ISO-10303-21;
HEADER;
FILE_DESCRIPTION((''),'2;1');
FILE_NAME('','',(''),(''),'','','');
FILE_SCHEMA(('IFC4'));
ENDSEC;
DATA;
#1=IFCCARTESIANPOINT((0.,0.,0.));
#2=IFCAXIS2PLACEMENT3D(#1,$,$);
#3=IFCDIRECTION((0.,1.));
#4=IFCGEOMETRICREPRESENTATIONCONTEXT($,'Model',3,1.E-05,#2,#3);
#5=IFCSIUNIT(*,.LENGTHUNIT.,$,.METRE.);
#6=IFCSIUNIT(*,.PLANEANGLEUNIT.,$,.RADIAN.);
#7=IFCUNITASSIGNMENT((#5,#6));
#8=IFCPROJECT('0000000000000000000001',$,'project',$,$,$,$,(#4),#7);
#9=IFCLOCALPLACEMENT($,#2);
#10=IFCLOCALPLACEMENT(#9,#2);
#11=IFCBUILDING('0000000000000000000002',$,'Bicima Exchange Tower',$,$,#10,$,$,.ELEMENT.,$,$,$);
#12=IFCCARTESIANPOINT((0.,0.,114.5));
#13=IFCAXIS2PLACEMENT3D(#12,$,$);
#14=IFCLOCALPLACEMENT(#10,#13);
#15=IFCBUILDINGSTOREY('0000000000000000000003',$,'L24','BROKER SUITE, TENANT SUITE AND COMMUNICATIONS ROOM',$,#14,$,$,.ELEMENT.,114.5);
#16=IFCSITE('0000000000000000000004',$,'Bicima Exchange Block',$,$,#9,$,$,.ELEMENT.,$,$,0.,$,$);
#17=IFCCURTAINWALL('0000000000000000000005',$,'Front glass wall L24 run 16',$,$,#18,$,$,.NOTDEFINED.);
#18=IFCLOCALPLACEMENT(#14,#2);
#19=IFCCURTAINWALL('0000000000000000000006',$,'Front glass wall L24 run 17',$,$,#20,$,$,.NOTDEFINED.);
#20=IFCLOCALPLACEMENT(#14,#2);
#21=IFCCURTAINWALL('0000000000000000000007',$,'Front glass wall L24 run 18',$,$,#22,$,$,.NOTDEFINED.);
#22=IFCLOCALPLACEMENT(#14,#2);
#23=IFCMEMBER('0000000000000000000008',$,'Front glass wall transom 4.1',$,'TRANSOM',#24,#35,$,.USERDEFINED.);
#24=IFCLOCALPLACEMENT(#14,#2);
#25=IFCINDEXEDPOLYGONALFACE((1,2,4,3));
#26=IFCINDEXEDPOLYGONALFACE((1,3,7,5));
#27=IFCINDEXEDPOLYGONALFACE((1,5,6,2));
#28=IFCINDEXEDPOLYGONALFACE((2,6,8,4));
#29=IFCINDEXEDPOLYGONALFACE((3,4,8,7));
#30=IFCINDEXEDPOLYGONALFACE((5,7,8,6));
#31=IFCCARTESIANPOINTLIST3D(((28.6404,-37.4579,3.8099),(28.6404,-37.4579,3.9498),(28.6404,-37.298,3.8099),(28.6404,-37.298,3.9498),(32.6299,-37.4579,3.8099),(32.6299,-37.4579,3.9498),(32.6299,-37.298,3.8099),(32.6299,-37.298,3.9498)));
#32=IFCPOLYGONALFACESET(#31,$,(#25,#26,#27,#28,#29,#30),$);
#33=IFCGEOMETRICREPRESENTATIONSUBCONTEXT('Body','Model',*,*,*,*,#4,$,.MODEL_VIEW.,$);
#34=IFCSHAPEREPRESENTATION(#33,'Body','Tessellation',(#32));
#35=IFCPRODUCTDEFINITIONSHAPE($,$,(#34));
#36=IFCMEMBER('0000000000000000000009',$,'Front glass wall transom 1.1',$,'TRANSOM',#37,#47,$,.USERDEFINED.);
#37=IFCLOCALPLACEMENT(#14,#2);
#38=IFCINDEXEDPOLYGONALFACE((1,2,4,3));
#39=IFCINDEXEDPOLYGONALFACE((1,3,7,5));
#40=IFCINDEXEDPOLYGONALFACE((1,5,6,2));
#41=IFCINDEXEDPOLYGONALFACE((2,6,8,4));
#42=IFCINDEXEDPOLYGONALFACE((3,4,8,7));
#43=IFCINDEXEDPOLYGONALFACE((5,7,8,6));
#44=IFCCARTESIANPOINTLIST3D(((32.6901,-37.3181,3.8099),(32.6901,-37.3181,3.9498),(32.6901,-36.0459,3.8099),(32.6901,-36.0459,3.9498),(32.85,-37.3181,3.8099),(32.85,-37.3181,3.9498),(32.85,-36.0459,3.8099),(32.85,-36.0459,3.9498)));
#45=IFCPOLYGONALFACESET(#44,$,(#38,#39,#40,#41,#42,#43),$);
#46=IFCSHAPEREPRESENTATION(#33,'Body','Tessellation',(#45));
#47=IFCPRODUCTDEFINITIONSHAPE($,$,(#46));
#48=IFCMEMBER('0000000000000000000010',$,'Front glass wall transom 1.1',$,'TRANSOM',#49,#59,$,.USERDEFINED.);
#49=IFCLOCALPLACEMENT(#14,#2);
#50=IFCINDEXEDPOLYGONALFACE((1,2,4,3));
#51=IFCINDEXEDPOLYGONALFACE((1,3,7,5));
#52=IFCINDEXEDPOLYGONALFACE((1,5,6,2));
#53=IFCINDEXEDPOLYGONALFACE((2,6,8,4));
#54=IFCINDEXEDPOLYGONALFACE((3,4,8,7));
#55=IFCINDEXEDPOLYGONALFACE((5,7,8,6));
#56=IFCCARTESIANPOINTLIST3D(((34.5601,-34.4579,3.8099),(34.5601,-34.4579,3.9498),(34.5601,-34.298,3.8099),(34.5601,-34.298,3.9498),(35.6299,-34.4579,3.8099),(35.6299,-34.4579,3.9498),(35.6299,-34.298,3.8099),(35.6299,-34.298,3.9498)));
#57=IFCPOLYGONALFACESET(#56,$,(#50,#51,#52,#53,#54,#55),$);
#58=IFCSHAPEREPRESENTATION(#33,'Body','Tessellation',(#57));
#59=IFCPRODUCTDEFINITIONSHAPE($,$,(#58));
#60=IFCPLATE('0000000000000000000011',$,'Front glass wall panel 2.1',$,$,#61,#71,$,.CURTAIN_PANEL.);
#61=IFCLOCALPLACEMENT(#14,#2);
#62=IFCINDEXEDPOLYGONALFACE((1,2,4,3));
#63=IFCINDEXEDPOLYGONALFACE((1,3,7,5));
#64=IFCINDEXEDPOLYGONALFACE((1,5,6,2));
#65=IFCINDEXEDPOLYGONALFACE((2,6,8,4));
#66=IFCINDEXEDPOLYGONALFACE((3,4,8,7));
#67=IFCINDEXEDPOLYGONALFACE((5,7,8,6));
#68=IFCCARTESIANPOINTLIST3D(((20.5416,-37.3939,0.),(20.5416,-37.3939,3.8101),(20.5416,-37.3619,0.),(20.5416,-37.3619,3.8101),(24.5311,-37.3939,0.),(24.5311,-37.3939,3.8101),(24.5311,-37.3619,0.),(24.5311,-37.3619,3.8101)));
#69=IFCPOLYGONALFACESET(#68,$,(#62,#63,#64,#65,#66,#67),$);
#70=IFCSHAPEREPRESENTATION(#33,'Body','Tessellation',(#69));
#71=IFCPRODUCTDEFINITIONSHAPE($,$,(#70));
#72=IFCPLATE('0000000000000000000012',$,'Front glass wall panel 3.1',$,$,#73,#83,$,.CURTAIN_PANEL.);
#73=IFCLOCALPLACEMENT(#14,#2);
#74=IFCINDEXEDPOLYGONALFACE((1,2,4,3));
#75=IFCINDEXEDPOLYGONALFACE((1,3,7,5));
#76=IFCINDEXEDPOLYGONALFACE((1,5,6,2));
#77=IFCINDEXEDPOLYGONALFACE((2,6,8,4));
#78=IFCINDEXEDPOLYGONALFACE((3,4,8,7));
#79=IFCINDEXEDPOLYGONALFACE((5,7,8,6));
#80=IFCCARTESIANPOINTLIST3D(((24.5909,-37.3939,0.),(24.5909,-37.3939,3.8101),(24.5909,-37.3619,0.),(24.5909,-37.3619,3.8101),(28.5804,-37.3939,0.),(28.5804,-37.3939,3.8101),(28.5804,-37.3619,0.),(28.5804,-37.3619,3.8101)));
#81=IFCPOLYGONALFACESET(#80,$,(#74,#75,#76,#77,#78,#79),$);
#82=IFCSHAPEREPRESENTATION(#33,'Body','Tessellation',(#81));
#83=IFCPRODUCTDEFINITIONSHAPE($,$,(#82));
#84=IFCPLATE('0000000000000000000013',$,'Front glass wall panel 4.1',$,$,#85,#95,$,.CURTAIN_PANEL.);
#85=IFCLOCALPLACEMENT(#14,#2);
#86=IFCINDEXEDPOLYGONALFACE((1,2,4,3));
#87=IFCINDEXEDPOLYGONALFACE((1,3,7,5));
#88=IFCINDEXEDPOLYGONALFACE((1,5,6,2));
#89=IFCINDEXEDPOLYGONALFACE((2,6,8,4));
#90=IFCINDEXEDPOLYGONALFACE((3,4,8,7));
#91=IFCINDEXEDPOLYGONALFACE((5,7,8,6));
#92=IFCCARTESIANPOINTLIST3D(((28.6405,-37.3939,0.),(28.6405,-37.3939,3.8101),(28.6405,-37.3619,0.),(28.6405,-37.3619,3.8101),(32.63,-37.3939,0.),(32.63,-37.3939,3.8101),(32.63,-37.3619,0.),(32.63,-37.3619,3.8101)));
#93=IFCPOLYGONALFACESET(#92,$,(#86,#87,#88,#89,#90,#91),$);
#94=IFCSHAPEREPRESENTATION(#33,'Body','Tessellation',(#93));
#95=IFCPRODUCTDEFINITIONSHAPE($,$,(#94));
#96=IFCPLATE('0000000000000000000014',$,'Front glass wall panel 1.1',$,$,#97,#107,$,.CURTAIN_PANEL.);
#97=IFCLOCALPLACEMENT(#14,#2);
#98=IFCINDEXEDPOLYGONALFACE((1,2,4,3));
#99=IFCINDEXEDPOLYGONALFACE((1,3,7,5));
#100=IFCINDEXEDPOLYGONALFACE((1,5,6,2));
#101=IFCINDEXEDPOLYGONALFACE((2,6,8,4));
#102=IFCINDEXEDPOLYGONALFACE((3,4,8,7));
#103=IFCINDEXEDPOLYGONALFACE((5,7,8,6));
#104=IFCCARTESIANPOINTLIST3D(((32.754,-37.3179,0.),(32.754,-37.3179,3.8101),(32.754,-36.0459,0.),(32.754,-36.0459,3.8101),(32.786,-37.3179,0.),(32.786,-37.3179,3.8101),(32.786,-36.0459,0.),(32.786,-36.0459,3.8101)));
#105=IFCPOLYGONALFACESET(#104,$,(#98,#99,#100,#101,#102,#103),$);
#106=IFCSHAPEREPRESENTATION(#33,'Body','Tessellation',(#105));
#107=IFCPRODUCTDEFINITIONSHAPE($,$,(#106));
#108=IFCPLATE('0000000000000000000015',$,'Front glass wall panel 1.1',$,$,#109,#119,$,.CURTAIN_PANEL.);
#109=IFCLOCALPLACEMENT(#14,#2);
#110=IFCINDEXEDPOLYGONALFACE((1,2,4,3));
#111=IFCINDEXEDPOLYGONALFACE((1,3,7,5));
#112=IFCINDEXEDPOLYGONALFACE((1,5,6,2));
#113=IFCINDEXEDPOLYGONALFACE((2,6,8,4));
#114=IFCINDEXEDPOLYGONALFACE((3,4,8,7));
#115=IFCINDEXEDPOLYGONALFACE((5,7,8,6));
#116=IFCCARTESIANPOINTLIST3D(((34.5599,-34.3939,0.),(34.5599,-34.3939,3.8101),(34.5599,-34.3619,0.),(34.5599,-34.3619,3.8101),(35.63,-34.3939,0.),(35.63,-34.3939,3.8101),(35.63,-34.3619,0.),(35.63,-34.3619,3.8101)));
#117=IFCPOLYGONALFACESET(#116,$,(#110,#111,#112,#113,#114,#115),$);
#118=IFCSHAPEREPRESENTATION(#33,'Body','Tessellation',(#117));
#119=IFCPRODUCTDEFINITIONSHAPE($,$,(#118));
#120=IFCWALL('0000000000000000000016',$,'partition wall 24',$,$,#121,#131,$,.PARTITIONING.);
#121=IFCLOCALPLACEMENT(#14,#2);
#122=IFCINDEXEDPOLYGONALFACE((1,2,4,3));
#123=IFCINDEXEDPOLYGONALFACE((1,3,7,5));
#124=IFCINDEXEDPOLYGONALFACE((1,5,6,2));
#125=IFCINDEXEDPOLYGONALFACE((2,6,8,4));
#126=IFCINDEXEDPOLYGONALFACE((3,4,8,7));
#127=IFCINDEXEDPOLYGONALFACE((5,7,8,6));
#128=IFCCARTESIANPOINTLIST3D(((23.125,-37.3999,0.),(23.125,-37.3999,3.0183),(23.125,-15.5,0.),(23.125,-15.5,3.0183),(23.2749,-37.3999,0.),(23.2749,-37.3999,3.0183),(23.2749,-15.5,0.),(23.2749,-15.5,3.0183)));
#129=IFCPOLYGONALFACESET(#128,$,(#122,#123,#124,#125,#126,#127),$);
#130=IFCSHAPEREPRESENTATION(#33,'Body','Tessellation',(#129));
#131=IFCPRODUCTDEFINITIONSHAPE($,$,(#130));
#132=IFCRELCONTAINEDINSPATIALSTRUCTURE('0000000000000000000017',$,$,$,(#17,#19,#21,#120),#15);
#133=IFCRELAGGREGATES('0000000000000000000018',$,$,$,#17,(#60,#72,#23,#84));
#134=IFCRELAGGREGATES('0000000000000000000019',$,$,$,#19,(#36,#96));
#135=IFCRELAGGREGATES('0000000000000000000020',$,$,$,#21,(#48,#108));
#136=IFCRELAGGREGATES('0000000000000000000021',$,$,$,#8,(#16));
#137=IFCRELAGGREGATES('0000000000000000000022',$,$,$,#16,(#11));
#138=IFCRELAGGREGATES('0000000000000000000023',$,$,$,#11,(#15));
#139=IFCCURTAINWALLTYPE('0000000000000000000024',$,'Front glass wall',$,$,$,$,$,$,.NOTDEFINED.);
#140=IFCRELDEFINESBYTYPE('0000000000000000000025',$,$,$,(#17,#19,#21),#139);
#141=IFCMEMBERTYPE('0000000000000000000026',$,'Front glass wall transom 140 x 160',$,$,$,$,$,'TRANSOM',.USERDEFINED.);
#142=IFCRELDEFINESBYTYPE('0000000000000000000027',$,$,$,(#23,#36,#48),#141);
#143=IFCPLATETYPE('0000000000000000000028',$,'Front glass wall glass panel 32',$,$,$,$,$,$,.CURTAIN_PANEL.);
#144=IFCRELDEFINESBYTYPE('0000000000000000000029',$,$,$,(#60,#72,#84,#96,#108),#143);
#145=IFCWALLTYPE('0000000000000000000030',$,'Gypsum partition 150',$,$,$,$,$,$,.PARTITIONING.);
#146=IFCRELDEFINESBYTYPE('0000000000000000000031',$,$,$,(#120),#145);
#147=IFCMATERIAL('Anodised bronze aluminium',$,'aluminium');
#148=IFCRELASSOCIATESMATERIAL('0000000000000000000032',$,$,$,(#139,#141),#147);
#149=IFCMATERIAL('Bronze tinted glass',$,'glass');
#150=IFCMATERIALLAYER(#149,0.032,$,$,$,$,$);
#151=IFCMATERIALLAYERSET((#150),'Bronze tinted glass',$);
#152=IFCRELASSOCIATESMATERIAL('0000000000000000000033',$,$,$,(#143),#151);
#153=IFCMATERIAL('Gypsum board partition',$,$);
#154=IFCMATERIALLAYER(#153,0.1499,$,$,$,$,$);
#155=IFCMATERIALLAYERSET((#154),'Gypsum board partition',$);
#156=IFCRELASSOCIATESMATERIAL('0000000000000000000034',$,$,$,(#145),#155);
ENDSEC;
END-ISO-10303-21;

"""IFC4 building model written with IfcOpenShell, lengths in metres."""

from ifc_helpers import new_model, si_unit, direction, frame, frame_2d, origin, origin_2d, place, context, subcontext, project, spatial, rectangle, extrude, material, layer, layer_set, material_profile, profile_set, type_object, element, aggregate, save


model = new_model("IFC4")

# Units and contexts
model_context = context("Model", 3, precision=1e-05, world=origin(), true_north=direction((0.0, 1.0)))
body_context = subcontext(model_context, "Body", "Model", "MODEL_VIEW")
ifc_project = project(units=[si_unit("LENGTHUNIT", "METRE"), si_unit("PLANEANGLEUNIT", "RADIAN")], contexts=[model_context])

# Site, building, storey
site_placement = place(None, origin())
site = spatial("IfcSite", under=ifc_project, at=site_placement, Name="Bicima Exchange Block", CompositionType="ELEMENT", RefElevation=0.0)
building_placement = place(site_placement, origin())
building = spatial("IfcBuilding", under=site, at=building_placement, Name="Bicima Exchange Tower", CompositionType="ELEMENT")
storey_placement = place(building_placement, frame((0.0, 0.0, 114.5)))
storey = spatial("IfcBuildingStorey", under=building, at=storey_placement, Name="L24", Description="BROKER SUITE, TENANT SUITE AND COMMUNICATIONS ROOM", CompositionType="ELEMENT", Elevation=114.5)

# Shared definitions
ifc_material_1 = material(Name="Anodised bronze aluminium", Category="aluminium")

# Curtain walls
curtain_wall_type_1 = type_object("IfcCurtainWallType", Name="Front glass wall", PredefinedType="NOTDEFINED", material=ifc_material_1)
curtain_wall_1_placement = place(storey_placement, origin())
curtain_wall_1 = element("IfcCurtainWall", 1, at=curtain_wall_1_placement, inside=storey, type_object=curtain_wall_type_1, Name="Front glass wall L24 run 16", PredefinedType="NOTDEFINED")
curtain_wall_2_placement = place(storey_placement, origin())
curtain_wall_2 = element("IfcCurtainWall", 2, at=curtain_wall_2_placement, inside=storey, type_object=curtain_wall_type_1, Name="Front glass wall L24 run 17", PredefinedType="NOTDEFINED")
curtain_wall_3_placement = place(storey_placement, origin())
curtain_wall_3 = element("IfcCurtainWall", 3, at=curtain_wall_3_placement, inside=storey, type_object=curtain_wall_type_1, Name="Front glass wall L24 run 18", PredefinedType="NOTDEFINED")

# Members
ifc_material_profile_1 = material_profile(ifc_material_1, rectangle(XDim=0.1599, YDim=0.1399, at=origin_2d()))
ifc_profile_set_1 = profile_set([ifc_material_profile_1], Name="Anodised bronze aluminium")
member_type_1 = type_object("IfcMemberType", Name="Front glass wall transom 140 x 160", ElementType="TRANSOM", PredefinedType="USERDEFINED", material=ifc_profile_set_1)
member_1_placement = place(storey_placement, frame((28.6404, -37.3779, 3.8799), z_axis=(1.0, 0.0, 0.0), x_axis=(0.0, 1.0, 0.0)))
member_1 = element("IfcMember", 4, at=member_1_placement, type_object=member_type_1, Name="Front glass wall transom 4.1", ObjectType="TRANSOM", PredefinedType="USERDEFINED", context=body_context, shape_type="SweptSolid", body=[
    extrude(rectangle(XDim=0.1599, YDim=0.1399, at=origin_2d()), origin(), (0.0, 0.0, 1.0), 3.9895),
])
member_2_placement = place(storey_placement, frame((32.77, -37.3181, 3.8799), z_axis=(0.0, 1.0, 0.0), x_axis=(-1.0, 0.0, 0.0)))
member_2 = element("IfcMember", 5, at=member_2_placement, type_object=member_type_1, Name="Front glass wall transom 1.1", ObjectType="TRANSOM", PredefinedType="USERDEFINED", context=body_context, shape_type="SweptSolid", body=[
    extrude(rectangle(XDim=0.1599, YDim=0.1399, at=origin_2d()), origin(), (0.0, 0.0, 1.0), 1.2722),
])
member_3_placement = place(storey_placement, frame((34.5601, -34.3779, 3.8799), z_axis=(1.0, 0.0, 0.0), x_axis=(0.0, 1.0, 0.0)))
member_3 = element("IfcMember", 6, at=member_3_placement, type_object=member_type_1, Name="Front glass wall transom 1.1", ObjectType="TRANSOM", PredefinedType="USERDEFINED", context=body_context, shape_type="SweptSolid", body=[
    extrude(rectangle(XDim=0.1599, YDim=0.1399, at=origin_2d()), origin(), (0.0, 0.0, 1.0), 1.0698),
])

# Plates
ifc_material_2 = material(Name="Bronze tinted glass", Category="glass")
ifc_layer_1 = layer(ifc_material_2, 0.032)
ifc_layer_set_1 = layer_set([ifc_layer_1], Name="Bronze tinted glass")
plate_type = type_object("IfcPlateType", Name="Front glass wall glass panel 32", PredefinedType="CURTAIN_PANEL", material=ifc_layer_set_1)
plate_1_placement = place(storey_placement, frame((22.5364, -37.3779, 0.0), z_axis=(0.0, 0.0, 1.0), x_axis=(1.0, 0.0, 0.0)))
plate_1 = element("IfcPlate", 7, at=plate_1_placement, type_object=plate_type, Name="Front glass wall panel 2.1", PredefinedType="CURTAIN_PANEL", context=body_context, shape_type="SweptSolid", body=[
    extrude(rectangle(XDim=3.9895, YDim=0.032, at=origin_2d()), origin(), (0.0, 0.0, 1.0), 3.8101),
])
plate_2_placement = place(storey_placement, frame((26.5857, -37.3779, 0.0), z_axis=(0.0, 0.0, 1.0), x_axis=(1.0, 0.0, 0.0)))
plate_2 = element("IfcPlate", 8, at=plate_2_placement, type_object=plate_type, Name="Front glass wall panel 3.1", PredefinedType="CURTAIN_PANEL", context=body_context, shape_type="SweptSolid", body=[
    extrude(rectangle(XDim=3.9895, YDim=0.032, at=origin_2d()), origin(), (0.0, 0.0, 1.0), 3.8101),
])
plate_3_placement = place(storey_placement, frame((30.6353, -37.3779, 0.0), z_axis=(0.0, 0.0, 1.0), x_axis=(1.0, 0.0, 0.0)))
plate_3 = element("IfcPlate", 9, at=plate_3_placement, type_object=plate_type, Name="Front glass wall panel 4.1", PredefinedType="CURTAIN_PANEL", context=body_context, shape_type="SweptSolid", body=[
    extrude(rectangle(XDim=3.9895, YDim=0.032, at=origin_2d()), origin(), (0.0, 0.0, 1.0), 3.8101),
])
aggregate(curtain_wall_1, [plate_1, plate_2, member_1, plate_3])
plate_4_placement = place(storey_placement, frame((32.77, -36.6819, 0.0), z_axis=(0.0, 0.0, 1.0), x_axis=(0.0, 1.0, 0.0)))
plate_4 = element("IfcPlate", 10, at=plate_4_placement, type_object=plate_type, Name="Front glass wall panel 1.1", PredefinedType="CURTAIN_PANEL", context=body_context, shape_type="SweptSolid", body=[
    extrude(rectangle(XDim=1.272, YDim=0.032, at=origin_2d()), origin(), (0.0, 0.0, 1.0), 3.8101),
])
aggregate(curtain_wall_2, [member_2, plate_4])
plate_5_placement = place(storey_placement, frame((35.095, -34.3779, 0.0), z_axis=(0.0, 0.0, 1.0), x_axis=(1.0, 0.0, 0.0)))
plate_5 = element("IfcPlate", 11, at=plate_5_placement, type_object=plate_type, Name="Front glass wall panel 1.1", PredefinedType="CURTAIN_PANEL", context=body_context, shape_type="SweptSolid", body=[
    extrude(rectangle(XDim=1.0701, YDim=0.032, at=origin_2d()), origin(), (0.0, 0.0, 1.0), 3.8101),
])
aggregate(curtain_wall_3, [member_3, plate_5])

# Wall
ifc_material_3 = material(Name="Gypsum board partition")
ifc_layer_2 = layer(ifc_material_3, 0.1499)
ifc_layer_set_2 = layer_set([ifc_layer_2], Name="Gypsum board partition")
wall_type = type_object("IfcWallType", Name="Gypsum partition 150", PredefinedType="PARTITIONING", material=ifc_layer_set_2)
wall_placement = place(storey_placement, frame((23.2, -37.3999, 0.0), z_axis=(0.0, 0.0, 1.0), x_axis=(0.0, 1.0, 0.0)))
element("IfcWall", 12, at=wall_placement, inside=storey, type_object=wall_type, Name="partition wall 24", PredefinedType="PARTITIONING", context=body_context, shape_type="SweptSolid", body=[
    extrude(rectangle(XDim=21.8999, YDim=0.1499, at=frame_2d((10.95, 0.0))), origin(), (0.0, 0.0, 1.0), 3.0183),
])

save(model, "model.ifc")
